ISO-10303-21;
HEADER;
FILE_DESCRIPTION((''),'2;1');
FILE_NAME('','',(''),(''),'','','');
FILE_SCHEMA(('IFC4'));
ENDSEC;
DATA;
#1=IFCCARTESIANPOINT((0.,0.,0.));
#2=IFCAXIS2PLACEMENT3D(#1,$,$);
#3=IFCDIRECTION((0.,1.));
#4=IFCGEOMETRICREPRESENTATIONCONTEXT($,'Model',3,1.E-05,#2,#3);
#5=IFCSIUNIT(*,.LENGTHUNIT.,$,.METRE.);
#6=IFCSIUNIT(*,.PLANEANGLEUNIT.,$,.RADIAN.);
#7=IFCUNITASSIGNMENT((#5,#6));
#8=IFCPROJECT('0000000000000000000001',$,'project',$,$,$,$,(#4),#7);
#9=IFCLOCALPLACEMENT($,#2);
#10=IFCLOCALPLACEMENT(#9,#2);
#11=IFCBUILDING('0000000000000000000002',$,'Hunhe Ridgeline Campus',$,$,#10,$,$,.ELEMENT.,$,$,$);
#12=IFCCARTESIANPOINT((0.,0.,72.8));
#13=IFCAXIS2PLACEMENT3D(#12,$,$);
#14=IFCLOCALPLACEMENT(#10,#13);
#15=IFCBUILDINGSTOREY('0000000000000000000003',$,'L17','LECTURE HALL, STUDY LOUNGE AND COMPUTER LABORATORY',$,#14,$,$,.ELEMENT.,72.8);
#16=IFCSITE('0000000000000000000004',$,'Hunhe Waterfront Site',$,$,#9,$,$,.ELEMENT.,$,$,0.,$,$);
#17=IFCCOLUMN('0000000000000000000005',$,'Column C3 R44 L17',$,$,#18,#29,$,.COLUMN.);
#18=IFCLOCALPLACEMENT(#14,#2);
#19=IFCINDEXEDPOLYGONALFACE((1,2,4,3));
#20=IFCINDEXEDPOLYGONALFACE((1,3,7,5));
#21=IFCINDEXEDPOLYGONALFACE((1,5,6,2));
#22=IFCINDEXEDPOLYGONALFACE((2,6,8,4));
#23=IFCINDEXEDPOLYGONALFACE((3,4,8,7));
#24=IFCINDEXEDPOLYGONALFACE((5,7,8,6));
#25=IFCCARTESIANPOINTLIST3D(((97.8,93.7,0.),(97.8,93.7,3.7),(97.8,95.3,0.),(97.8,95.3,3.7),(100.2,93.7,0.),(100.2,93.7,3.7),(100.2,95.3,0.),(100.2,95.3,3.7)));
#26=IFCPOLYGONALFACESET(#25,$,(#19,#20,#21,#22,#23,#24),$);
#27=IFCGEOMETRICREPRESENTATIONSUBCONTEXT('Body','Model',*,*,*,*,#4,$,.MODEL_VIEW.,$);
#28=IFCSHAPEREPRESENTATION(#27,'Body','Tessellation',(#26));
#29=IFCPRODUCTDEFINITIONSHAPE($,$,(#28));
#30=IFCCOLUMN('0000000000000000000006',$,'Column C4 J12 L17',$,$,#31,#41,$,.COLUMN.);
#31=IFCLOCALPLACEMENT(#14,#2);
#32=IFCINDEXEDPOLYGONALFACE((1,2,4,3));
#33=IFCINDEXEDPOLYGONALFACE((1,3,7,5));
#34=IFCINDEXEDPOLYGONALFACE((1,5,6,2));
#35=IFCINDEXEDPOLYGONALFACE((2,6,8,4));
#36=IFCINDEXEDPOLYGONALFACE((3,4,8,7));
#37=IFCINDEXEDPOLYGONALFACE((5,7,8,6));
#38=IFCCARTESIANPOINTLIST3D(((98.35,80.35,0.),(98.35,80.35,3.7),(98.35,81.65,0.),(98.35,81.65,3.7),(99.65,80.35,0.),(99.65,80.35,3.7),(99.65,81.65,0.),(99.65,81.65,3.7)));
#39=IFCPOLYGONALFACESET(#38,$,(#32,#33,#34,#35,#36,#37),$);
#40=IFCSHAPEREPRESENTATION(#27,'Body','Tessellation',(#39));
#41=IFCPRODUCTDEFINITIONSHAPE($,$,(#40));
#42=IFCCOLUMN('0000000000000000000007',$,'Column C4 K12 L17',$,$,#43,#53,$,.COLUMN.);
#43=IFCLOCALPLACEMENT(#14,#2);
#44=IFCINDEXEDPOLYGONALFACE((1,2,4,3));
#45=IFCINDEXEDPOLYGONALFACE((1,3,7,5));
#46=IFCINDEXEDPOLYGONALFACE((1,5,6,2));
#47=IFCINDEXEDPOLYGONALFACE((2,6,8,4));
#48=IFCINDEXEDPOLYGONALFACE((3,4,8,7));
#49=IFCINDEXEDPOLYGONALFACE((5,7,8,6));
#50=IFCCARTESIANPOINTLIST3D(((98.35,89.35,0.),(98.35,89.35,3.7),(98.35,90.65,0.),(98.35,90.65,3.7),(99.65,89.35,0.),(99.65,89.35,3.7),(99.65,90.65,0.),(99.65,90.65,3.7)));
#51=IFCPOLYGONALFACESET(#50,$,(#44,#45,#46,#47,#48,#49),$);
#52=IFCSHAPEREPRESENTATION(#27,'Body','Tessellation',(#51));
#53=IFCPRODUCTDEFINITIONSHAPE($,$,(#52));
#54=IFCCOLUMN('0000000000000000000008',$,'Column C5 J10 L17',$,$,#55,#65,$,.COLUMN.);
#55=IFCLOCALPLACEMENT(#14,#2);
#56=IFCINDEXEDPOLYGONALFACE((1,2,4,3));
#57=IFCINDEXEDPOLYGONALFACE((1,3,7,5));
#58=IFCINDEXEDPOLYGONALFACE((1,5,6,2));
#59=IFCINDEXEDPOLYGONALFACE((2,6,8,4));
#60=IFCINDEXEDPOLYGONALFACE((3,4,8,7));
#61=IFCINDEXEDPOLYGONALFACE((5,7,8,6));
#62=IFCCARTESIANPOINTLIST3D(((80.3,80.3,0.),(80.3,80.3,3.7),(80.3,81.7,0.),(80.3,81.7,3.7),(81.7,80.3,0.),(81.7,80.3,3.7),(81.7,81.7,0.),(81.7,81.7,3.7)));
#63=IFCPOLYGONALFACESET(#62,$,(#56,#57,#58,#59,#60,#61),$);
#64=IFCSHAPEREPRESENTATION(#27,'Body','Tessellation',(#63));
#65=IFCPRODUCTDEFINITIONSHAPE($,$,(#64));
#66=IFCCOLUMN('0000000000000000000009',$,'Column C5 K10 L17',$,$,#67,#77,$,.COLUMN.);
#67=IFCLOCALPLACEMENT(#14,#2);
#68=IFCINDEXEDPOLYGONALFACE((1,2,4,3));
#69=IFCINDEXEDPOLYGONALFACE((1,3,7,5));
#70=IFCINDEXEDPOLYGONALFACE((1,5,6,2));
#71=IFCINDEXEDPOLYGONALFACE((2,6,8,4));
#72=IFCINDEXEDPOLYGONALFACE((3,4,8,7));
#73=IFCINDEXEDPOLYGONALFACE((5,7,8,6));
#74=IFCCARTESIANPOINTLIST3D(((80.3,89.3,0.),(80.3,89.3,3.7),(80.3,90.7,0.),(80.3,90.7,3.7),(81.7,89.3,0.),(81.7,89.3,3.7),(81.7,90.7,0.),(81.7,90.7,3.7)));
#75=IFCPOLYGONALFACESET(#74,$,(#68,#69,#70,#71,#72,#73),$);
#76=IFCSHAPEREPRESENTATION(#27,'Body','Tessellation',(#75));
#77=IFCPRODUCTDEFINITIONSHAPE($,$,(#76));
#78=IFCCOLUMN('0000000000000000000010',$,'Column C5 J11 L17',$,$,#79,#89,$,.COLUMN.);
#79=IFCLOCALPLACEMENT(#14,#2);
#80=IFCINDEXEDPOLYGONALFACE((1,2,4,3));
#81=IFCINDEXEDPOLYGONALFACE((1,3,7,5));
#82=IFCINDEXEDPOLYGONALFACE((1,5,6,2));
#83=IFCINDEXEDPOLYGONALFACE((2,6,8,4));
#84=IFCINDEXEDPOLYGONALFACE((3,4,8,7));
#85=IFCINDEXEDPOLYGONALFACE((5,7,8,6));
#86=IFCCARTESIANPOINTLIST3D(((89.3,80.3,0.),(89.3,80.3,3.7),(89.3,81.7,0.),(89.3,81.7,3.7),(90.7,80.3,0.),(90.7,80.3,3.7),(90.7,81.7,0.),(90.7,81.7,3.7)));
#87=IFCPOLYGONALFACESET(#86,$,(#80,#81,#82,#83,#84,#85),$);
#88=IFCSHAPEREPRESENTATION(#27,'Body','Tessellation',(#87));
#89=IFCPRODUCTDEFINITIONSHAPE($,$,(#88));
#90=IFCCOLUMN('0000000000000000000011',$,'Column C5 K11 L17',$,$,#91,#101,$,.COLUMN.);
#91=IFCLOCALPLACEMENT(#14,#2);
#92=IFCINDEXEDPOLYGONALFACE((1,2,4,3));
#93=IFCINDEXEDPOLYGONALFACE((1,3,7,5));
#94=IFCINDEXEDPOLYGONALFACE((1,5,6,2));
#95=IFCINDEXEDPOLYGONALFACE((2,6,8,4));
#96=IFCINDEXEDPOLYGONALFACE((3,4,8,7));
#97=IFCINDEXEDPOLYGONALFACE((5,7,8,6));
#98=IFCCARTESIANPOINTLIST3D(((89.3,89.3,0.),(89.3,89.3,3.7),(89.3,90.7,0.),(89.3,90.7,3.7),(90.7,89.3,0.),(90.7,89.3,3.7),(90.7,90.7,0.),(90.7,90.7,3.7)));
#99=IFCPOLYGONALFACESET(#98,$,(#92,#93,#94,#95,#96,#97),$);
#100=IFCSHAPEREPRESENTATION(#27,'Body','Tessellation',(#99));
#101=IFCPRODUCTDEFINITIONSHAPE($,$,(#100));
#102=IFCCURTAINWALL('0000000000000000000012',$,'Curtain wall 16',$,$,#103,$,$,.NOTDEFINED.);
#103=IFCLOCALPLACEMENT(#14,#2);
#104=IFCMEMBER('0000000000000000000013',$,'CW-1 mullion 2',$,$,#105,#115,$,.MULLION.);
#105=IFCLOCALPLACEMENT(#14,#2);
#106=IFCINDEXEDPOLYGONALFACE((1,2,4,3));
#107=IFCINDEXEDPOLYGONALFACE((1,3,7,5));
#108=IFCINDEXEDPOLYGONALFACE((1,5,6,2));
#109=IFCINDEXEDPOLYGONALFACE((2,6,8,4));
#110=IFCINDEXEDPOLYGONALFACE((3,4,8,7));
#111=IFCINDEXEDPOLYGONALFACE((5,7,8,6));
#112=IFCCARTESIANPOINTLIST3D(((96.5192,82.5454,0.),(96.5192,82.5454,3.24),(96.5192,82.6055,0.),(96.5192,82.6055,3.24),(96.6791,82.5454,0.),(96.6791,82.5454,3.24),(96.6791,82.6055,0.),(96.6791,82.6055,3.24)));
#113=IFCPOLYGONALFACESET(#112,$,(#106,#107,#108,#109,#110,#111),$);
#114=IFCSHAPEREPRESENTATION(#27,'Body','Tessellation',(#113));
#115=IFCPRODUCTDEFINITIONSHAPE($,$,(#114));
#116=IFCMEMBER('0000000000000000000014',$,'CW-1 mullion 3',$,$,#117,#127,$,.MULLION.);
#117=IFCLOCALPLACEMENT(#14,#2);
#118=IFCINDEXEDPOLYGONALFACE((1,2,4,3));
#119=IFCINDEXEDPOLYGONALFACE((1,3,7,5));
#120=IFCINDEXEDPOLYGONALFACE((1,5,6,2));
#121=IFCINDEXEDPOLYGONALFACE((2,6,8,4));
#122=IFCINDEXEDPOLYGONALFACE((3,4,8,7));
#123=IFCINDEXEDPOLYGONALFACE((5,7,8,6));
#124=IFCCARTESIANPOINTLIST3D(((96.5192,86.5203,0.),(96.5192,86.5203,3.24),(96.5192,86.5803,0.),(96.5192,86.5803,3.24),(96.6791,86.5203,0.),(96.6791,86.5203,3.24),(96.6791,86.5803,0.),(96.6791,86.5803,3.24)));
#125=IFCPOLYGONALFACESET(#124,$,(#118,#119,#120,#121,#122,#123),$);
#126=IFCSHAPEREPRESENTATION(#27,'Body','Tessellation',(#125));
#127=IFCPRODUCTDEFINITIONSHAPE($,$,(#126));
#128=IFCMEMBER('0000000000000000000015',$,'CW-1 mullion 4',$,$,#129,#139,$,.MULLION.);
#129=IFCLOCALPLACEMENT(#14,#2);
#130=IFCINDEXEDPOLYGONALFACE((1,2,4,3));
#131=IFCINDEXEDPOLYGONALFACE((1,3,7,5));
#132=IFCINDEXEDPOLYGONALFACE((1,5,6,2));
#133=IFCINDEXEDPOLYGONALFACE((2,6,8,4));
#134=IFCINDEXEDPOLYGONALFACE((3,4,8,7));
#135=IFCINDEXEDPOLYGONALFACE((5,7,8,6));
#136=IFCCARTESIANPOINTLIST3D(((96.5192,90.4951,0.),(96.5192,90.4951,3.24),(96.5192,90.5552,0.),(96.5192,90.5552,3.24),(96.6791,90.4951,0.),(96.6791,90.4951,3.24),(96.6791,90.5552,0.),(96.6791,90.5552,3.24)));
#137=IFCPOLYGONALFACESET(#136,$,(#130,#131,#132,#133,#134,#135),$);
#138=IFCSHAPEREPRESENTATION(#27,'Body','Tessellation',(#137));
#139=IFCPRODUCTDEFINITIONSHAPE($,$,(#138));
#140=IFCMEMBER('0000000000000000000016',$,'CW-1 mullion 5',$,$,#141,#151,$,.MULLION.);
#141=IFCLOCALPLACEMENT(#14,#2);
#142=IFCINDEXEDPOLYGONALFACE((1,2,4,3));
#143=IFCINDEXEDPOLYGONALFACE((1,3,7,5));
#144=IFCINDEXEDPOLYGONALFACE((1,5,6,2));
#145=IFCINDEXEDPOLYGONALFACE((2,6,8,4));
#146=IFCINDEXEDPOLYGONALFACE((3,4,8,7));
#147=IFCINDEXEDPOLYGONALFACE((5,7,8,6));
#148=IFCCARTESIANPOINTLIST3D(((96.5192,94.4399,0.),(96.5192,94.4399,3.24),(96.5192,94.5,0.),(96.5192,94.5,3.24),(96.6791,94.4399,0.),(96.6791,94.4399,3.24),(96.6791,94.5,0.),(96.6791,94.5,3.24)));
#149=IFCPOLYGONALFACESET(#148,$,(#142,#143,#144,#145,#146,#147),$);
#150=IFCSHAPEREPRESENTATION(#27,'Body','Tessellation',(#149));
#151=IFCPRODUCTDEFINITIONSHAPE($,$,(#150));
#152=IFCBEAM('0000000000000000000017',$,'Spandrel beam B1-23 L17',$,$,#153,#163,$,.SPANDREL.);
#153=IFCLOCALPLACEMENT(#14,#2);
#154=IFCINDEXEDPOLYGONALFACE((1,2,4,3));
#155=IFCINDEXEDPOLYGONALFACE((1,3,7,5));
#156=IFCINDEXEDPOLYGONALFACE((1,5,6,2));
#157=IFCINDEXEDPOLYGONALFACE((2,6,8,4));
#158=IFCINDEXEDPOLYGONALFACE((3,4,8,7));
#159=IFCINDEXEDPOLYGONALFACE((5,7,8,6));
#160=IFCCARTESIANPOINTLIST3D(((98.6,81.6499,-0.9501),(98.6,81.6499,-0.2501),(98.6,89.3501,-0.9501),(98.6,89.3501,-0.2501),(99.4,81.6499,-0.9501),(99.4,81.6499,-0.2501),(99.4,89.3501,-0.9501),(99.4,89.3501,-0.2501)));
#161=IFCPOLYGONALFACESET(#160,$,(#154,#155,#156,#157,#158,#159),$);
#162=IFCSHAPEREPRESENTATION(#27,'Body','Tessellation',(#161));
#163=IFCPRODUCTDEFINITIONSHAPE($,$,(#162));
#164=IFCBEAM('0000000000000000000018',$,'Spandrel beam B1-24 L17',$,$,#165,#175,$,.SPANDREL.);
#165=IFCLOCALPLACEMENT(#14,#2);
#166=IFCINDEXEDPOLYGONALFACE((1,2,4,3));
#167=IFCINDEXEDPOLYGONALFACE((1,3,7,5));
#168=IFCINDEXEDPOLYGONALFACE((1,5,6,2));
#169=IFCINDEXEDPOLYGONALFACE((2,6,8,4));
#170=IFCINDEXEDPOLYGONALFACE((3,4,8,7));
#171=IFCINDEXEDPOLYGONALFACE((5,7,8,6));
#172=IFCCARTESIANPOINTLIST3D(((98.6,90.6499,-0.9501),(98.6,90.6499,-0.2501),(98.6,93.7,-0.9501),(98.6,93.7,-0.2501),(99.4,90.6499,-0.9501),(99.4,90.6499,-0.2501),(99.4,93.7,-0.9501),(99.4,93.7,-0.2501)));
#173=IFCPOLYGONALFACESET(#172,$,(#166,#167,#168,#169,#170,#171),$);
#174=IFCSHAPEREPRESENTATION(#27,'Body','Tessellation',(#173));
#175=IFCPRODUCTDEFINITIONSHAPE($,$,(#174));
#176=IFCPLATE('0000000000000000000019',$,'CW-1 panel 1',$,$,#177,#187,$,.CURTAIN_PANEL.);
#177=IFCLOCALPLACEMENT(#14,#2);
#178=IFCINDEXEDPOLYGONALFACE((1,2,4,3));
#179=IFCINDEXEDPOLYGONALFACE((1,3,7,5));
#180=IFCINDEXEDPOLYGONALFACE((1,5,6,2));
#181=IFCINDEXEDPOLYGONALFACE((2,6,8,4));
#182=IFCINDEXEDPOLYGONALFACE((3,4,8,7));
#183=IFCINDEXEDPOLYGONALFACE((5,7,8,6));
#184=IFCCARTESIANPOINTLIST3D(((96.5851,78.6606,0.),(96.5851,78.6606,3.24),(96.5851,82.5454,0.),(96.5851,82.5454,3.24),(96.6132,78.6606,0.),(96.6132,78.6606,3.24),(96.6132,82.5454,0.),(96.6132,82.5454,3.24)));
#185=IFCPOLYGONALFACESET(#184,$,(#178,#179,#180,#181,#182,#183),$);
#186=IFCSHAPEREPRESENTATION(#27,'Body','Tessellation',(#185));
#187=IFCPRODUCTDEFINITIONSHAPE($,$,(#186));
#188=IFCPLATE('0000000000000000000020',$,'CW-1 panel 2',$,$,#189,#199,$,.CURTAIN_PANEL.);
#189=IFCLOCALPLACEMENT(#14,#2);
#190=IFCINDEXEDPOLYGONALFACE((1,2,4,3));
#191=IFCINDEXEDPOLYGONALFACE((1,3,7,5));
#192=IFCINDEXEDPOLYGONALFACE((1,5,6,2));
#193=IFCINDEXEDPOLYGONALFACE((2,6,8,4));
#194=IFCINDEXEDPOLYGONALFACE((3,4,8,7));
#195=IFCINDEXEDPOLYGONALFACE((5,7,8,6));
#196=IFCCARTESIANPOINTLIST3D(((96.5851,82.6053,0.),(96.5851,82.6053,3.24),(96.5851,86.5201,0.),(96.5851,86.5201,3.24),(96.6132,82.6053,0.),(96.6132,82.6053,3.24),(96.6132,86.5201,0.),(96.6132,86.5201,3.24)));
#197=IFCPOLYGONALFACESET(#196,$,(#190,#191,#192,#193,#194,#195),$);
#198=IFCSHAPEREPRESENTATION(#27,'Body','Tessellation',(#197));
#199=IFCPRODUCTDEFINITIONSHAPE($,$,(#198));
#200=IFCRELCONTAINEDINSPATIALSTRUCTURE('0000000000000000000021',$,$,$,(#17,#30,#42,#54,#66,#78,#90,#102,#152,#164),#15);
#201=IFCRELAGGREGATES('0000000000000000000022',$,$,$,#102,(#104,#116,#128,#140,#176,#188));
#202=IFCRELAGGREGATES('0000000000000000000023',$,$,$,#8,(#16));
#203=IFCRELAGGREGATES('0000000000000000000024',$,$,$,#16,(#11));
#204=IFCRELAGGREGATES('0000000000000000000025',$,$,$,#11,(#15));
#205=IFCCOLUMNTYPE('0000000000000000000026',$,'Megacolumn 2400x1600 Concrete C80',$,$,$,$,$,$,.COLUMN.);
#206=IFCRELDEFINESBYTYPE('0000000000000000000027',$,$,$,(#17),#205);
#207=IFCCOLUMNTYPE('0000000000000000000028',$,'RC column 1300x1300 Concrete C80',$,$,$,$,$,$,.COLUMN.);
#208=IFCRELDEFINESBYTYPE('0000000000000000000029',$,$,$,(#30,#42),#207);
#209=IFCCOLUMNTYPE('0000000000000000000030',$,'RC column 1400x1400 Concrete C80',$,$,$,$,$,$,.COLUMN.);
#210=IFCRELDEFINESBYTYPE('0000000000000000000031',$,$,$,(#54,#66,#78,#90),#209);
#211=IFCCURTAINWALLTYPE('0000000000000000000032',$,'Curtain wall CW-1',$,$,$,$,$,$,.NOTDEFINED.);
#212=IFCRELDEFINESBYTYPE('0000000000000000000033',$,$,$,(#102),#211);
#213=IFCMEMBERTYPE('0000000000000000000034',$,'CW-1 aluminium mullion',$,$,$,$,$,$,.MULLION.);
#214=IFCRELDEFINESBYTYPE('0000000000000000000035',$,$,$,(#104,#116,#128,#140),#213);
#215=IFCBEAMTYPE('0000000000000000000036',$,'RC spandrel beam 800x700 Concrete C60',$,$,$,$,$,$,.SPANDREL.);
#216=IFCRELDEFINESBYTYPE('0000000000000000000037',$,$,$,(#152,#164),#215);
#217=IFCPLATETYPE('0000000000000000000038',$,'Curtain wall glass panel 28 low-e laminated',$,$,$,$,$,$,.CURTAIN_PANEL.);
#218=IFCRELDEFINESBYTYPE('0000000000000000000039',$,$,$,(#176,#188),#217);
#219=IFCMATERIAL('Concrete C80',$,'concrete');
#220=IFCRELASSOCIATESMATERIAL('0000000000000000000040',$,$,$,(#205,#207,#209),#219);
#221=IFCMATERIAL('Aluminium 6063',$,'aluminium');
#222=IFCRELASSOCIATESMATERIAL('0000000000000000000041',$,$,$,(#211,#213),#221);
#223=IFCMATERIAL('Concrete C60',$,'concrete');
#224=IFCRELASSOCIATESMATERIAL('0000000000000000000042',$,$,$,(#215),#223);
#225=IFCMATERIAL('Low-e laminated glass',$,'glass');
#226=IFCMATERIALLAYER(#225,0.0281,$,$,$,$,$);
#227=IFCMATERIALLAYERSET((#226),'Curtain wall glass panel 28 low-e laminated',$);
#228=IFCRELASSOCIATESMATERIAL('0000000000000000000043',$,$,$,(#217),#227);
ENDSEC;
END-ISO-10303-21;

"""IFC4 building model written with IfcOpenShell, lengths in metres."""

from ifc_helpers import new_model, si_unit, direction, frame, origin, origin_2d, place, context, subcontext, project, spatial, rectangle, extrude, material, layer, layer_set, material_profile, profile_set, type_object, element, aggregate, save


model = new_model("IFC4")

# Units and contexts
model_context = context("Model", 3, precision=1e-05, world=origin(), true_north=direction((0.0, 1.0)))
body_context = subcontext(model_context, "Body", "Model", "MODEL_VIEW")
ifc_project = project(units=[si_unit("LENGTHUNIT", "METRE"), si_unit("PLANEANGLEUNIT", "RADIAN")], contexts=[model_context])

# Site, building, storey
site_placement = place(None, origin())
site = spatial("IfcSite", under=ifc_project, at=site_placement, Name="Hunhe Waterfront Site", CompositionType="ELEMENT", RefElevation=0.0)
building_placement = place(site_placement, origin())
building = spatial("IfcBuilding", under=site, at=building_placement, Name="Hunhe Ridgeline Campus", CompositionType="ELEMENT")
storey_placement = place(building_placement, frame((0.0, 0.0, 72.8)))
storey = spatial("IfcBuildingStorey", under=building, at=storey_placement, Name="L17", Description="LECTURE HALL, STUDY LOUNGE AND COMPUTER LABORATORY", CompositionType="ELEMENT", Elevation=72.8)

# Columns
ifc_material_1 = material(Name="Concrete C80", Category="concrete")
ifc_material_profile_1 = material_profile(ifc_material_1, rectangle(XDim=2.3999, YDim=1.6001, at=origin_2d()))
ifc_profile_set_1 = profile_set([ifc_material_profile_1], Name="Concrete C80")
column_type_1 = type_object("IfcColumnType", Name="Megacolumn 2400x1600 Concrete C80", PredefinedType="COLUMN", material=ifc_profile_set_1)
column_placement = place(storey_placement, frame((99.0, 94.5, 0.0), z_axis=(0.0, 0.0, 1.0), x_axis=(1.0, 0.0, 0.0)))
element("IfcColumn", 1, at=column_placement, inside=storey, type_object=column_type_1, Name="Column C3 R44 L17", PredefinedType="COLUMN", context=body_context, shape_type="SweptSolid", body=[
    extrude(rectangle(XDim=2.3999, YDim=1.6001, at=origin_2d()), origin(), (0.0, 0.0, 1.0), 3.7),
])
ifc_material_profile_2 = material_profile(ifc_material_1, rectangle(XDim=1.3, YDim=1.3, at=origin_2d()))
ifc_profile_set_2 = profile_set([ifc_material_profile_2], Name="Concrete C80")
column_type_2 = type_object("IfcColumnType", Name="RC column 1300x1300 Concrete C80", PredefinedType="COLUMN", material=ifc_profile_set_2)
for number, where, z_axis, x_axis, name in (
    (2, (99.0, 81.0, 0.0), (0.0, 0.0, 1.0), (1.0, 0.0, 0.0), "Column C4 J12 L17"),
    (3, (99.0, 90.0, 0.0), (0.0, 0.0, 1.0), (1.0, 0.0, 0.0), "Column C4 K12 L17"),
):
    element("IfcColumn", number, at=place(storey_placement, frame(where, z_axis=z_axis, x_axis=x_axis)), inside=storey, type_object=column_type_2, Name=name, PredefinedType="COLUMN", context=body_context, shape_type="SweptSolid", body=[
        extrude(rectangle(XDim=1.3, YDim=1.3, at=origin_2d()), origin(), (0.0, 0.0, 1.0), 3.7),
    ])
ifc_material_profile_3 = material_profile(ifc_material_1, rectangle(XDim=1.3999, YDim=1.3999, at=origin_2d()))
ifc_profile_set_3 = profile_set([ifc_material_profile_3], Name="Concrete C80")
column_type_3 = type_object("IfcColumnType", Name="RC column 1400x1400 Concrete C80", PredefinedType="COLUMN", material=ifc_profile_set_3)
for number, where, z_axis, x_axis, name in (
    (4, (81.0, 81.0, 0.0), (0.0, 0.0, 1.0), (1.0, 0.0, 0.0), "Column C5 J10 L17"),
    (5, (81.0, 90.0, 0.0), (0.0, 0.0, 1.0), (1.0, 0.0, 0.0), "Column C5 K10 L17"),
    (6, (90.0, 81.0, 0.0), (0.0, 0.0, 1.0), (1.0, 0.0, 0.0), "Column C5 J11 L17"),
    (7, (90.0, 90.0, 0.0), (0.0, 0.0, 1.0), (1.0, 0.0, 0.0), "Column C5 K11 L17"),
):
    element("IfcColumn", number, at=place(storey_placement, frame(where, z_axis=z_axis, x_axis=x_axis)), inside=storey, type_object=column_type_3, Name=name, PredefinedType="COLUMN", context=body_context, shape_type="SweptSolid", body=[
        extrude(rectangle(XDim=1.3999, YDim=1.3999, at=origin_2d()), origin(), (0.0, 0.0, 1.0), 3.7),
    ])

# Curtain wall, members
ifc_material_2 = material(Name="Aluminium 6063", Category="aluminium")
curtain_wall_type = type_object("IfcCurtainWallType", Name="Curtain wall CW-1", PredefinedType="NOTDEFINED", material=ifc_material_2)
curtain_wall_placement = place(storey_placement, origin())
curtain_wall = element("IfcCurtainWall", 8, at=curtain_wall_placement, inside=storey, type_object=curtain_wall_type, Name="Curtain wall 16", PredefinedType="NOTDEFINED")
ifc_material_profile_4 = material_profile(ifc_material_2, rectangle(XDim=0.1599, YDim=0.0601, at=origin_2d()))
ifc_profile_set_4 = profile_set([ifc_material_profile_4], Name="Aluminium 6063")
member_type = type_object("IfcMemberType", Name="CW-1 aluminium mullion", PredefinedType="MULLION", material=ifc_profile_set_4)
member_1_placement = place(storey_placement, frame((96.5991, 82.5754, 0.0), z_axis=(0.0, 0.0, 1.0), x_axis=(-1.0, 0.0, 0.0)))
member_1 = element("IfcMember", 9, at=member_1_placement, type_object=member_type, Name="CW-1 mullion 2", PredefinedType="MULLION", context=body_context, shape_type="SweptSolid", body=[
    extrude(rectangle(XDim=0.1599, YDim=0.0601, at=origin_2d()), origin(), (0.0, 0.0, 1.0), 3.24),
])
member_2_placement = place(storey_placement, frame((96.5991, 86.5503, 0.0), z_axis=(0.0, 0.0, 1.0), x_axis=(-1.0, 0.0, 0.0)))
member_2 = element("IfcMember", 10, at=member_2_placement, type_object=member_type, Name="CW-1 mullion 3", PredefinedType="MULLION", context=body_context, shape_type="SweptSolid", body=[
    extrude(rectangle(XDim=0.1599, YDim=0.0601, at=origin_2d()), origin(), (0.0, 0.0, 1.0), 3.24),
])
member_3_placement = place(storey_placement, frame((96.5991, 90.5251, 0.0), z_axis=(0.0, 0.0, 1.0), x_axis=(-1.0, 0.0, 0.0)))
member_3 = element("IfcMember", 11, at=member_3_placement, type_object=member_type, Name="CW-1 mullion 4", PredefinedType="MULLION", context=body_context, shape_type="SweptSolid", body=[
    extrude(rectangle(XDim=0.1599, YDim=0.0601, at=origin_2d()), origin(), (0.0, 0.0, 1.0), 3.24),
])
member_4_placement = place(storey_placement, frame((96.5991, 94.47, 0.0), z_axis=(0.0, 0.0, 1.0), x_axis=(-1.0, 0.0, 0.0)))
member_4 = element("IfcMember", 12, at=member_4_placement, type_object=member_type, Name="CW-1 mullion 5", PredefinedType="MULLION", context=body_context, shape_type="SweptSolid", body=[
    extrude(rectangle(XDim=0.1599, YDim=0.0601, at=origin_2d()), origin(), (0.0, 0.0, 1.0), 3.24),
])

# Beams
ifc_material_3 = material(Name="Concrete C60", Category="concrete")
ifc_material_profile_5 = material_profile(ifc_material_3, rectangle(XDim=0.8, YDim=0.7, at=origin_2d()))
ifc_profile_set_5 = profile_set([ifc_material_profile_5], Name="Concrete C60")
beam_type = type_object("IfcBeamType", Name="RC spandrel beam 800x700 Concrete C60", PredefinedType="SPANDREL", material=ifc_profile_set_5)
beam_1_placement = place(storey_placement, frame((99.0, 81.6499, -0.6001), z_axis=(0.0, 1.0, 0.0), x_axis=(-1.0, 0.0, 0.0)))
element("IfcBeam", 13, at=beam_1_placement, inside=storey, type_object=beam_type, Name="Spandrel beam B1-23 L17", PredefinedType="SPANDREL", context=body_context, shape_type="SweptSolid", body=[
    extrude(rectangle(XDim=0.8, YDim=0.7, at=origin_2d()), origin(), (0.0, 0.0, 1.0), 7.7002),
])
beam_2_placement = place(storey_placement, frame((99.0, 90.6499, -0.6001), z_axis=(0.0, 1.0, 0.0), x_axis=(-1.0, 0.0, 0.0)))
element("IfcBeam", 14, at=beam_2_placement, inside=storey, type_object=beam_type, Name="Spandrel beam B1-24 L17", PredefinedType="SPANDREL", context=body_context, shape_type="SweptSolid", body=[
    extrude(rectangle(XDim=0.8, YDim=0.7, at=origin_2d()), origin(), (0.0, 0.0, 1.0), 3.05),
])

# Plates
ifc_material_4 = material(Name="Low-e laminated glass", Category="glass")
ifc_layer_1 = layer(ifc_material_4, 0.0281)
ifc_layer_set_1 = layer_set([ifc_layer_1], Name="Curtain wall glass panel 28 low-e laminated")
plate_type = type_object("IfcPlateType", Name="Curtain wall glass panel 28 low-e laminated", PredefinedType="CURTAIN_PANEL", material=ifc_layer_set_1)
plate_1_placement = place(storey_placement, frame((96.5991, 80.603, 0.0), z_axis=(0.0, 0.0, 1.0), x_axis=(0.0, 1.0, 0.0)))
plate_1 = element("IfcPlate", 15, at=plate_1_placement, type_object=plate_type, Name="CW-1 panel 1", PredefinedType="CURTAIN_PANEL", context=body_context, shape_type="SweptSolid", body=[
    extrude(rectangle(XDim=3.8848, YDim=0.0281, at=origin_2d()), origin(), (0.0, 0.0, 1.0), 3.24),
])
plate_2_placement = place(storey_placement, frame((96.5991, 84.5627, 0.0), z_axis=(0.0, 0.0, 1.0), x_axis=(0.0, 1.0, 0.0)))
plate_2 = element("IfcPlate", 16, at=plate_2_placement, type_object=plate_type, Name="CW-1 panel 2", PredefinedType="CURTAIN_PANEL", context=body_context, shape_type="SweptSolid", body=[
    extrude(rectangle(XDim=3.9148, YDim=0.0281, at=origin_2d()), origin(), (0.0, 0.0, 1.0), 3.24),
])
aggregate(curtain_wall, [member_1, member_2, member_3, member_4, plate_1, plate_2])

save(model, "model.ifc")
